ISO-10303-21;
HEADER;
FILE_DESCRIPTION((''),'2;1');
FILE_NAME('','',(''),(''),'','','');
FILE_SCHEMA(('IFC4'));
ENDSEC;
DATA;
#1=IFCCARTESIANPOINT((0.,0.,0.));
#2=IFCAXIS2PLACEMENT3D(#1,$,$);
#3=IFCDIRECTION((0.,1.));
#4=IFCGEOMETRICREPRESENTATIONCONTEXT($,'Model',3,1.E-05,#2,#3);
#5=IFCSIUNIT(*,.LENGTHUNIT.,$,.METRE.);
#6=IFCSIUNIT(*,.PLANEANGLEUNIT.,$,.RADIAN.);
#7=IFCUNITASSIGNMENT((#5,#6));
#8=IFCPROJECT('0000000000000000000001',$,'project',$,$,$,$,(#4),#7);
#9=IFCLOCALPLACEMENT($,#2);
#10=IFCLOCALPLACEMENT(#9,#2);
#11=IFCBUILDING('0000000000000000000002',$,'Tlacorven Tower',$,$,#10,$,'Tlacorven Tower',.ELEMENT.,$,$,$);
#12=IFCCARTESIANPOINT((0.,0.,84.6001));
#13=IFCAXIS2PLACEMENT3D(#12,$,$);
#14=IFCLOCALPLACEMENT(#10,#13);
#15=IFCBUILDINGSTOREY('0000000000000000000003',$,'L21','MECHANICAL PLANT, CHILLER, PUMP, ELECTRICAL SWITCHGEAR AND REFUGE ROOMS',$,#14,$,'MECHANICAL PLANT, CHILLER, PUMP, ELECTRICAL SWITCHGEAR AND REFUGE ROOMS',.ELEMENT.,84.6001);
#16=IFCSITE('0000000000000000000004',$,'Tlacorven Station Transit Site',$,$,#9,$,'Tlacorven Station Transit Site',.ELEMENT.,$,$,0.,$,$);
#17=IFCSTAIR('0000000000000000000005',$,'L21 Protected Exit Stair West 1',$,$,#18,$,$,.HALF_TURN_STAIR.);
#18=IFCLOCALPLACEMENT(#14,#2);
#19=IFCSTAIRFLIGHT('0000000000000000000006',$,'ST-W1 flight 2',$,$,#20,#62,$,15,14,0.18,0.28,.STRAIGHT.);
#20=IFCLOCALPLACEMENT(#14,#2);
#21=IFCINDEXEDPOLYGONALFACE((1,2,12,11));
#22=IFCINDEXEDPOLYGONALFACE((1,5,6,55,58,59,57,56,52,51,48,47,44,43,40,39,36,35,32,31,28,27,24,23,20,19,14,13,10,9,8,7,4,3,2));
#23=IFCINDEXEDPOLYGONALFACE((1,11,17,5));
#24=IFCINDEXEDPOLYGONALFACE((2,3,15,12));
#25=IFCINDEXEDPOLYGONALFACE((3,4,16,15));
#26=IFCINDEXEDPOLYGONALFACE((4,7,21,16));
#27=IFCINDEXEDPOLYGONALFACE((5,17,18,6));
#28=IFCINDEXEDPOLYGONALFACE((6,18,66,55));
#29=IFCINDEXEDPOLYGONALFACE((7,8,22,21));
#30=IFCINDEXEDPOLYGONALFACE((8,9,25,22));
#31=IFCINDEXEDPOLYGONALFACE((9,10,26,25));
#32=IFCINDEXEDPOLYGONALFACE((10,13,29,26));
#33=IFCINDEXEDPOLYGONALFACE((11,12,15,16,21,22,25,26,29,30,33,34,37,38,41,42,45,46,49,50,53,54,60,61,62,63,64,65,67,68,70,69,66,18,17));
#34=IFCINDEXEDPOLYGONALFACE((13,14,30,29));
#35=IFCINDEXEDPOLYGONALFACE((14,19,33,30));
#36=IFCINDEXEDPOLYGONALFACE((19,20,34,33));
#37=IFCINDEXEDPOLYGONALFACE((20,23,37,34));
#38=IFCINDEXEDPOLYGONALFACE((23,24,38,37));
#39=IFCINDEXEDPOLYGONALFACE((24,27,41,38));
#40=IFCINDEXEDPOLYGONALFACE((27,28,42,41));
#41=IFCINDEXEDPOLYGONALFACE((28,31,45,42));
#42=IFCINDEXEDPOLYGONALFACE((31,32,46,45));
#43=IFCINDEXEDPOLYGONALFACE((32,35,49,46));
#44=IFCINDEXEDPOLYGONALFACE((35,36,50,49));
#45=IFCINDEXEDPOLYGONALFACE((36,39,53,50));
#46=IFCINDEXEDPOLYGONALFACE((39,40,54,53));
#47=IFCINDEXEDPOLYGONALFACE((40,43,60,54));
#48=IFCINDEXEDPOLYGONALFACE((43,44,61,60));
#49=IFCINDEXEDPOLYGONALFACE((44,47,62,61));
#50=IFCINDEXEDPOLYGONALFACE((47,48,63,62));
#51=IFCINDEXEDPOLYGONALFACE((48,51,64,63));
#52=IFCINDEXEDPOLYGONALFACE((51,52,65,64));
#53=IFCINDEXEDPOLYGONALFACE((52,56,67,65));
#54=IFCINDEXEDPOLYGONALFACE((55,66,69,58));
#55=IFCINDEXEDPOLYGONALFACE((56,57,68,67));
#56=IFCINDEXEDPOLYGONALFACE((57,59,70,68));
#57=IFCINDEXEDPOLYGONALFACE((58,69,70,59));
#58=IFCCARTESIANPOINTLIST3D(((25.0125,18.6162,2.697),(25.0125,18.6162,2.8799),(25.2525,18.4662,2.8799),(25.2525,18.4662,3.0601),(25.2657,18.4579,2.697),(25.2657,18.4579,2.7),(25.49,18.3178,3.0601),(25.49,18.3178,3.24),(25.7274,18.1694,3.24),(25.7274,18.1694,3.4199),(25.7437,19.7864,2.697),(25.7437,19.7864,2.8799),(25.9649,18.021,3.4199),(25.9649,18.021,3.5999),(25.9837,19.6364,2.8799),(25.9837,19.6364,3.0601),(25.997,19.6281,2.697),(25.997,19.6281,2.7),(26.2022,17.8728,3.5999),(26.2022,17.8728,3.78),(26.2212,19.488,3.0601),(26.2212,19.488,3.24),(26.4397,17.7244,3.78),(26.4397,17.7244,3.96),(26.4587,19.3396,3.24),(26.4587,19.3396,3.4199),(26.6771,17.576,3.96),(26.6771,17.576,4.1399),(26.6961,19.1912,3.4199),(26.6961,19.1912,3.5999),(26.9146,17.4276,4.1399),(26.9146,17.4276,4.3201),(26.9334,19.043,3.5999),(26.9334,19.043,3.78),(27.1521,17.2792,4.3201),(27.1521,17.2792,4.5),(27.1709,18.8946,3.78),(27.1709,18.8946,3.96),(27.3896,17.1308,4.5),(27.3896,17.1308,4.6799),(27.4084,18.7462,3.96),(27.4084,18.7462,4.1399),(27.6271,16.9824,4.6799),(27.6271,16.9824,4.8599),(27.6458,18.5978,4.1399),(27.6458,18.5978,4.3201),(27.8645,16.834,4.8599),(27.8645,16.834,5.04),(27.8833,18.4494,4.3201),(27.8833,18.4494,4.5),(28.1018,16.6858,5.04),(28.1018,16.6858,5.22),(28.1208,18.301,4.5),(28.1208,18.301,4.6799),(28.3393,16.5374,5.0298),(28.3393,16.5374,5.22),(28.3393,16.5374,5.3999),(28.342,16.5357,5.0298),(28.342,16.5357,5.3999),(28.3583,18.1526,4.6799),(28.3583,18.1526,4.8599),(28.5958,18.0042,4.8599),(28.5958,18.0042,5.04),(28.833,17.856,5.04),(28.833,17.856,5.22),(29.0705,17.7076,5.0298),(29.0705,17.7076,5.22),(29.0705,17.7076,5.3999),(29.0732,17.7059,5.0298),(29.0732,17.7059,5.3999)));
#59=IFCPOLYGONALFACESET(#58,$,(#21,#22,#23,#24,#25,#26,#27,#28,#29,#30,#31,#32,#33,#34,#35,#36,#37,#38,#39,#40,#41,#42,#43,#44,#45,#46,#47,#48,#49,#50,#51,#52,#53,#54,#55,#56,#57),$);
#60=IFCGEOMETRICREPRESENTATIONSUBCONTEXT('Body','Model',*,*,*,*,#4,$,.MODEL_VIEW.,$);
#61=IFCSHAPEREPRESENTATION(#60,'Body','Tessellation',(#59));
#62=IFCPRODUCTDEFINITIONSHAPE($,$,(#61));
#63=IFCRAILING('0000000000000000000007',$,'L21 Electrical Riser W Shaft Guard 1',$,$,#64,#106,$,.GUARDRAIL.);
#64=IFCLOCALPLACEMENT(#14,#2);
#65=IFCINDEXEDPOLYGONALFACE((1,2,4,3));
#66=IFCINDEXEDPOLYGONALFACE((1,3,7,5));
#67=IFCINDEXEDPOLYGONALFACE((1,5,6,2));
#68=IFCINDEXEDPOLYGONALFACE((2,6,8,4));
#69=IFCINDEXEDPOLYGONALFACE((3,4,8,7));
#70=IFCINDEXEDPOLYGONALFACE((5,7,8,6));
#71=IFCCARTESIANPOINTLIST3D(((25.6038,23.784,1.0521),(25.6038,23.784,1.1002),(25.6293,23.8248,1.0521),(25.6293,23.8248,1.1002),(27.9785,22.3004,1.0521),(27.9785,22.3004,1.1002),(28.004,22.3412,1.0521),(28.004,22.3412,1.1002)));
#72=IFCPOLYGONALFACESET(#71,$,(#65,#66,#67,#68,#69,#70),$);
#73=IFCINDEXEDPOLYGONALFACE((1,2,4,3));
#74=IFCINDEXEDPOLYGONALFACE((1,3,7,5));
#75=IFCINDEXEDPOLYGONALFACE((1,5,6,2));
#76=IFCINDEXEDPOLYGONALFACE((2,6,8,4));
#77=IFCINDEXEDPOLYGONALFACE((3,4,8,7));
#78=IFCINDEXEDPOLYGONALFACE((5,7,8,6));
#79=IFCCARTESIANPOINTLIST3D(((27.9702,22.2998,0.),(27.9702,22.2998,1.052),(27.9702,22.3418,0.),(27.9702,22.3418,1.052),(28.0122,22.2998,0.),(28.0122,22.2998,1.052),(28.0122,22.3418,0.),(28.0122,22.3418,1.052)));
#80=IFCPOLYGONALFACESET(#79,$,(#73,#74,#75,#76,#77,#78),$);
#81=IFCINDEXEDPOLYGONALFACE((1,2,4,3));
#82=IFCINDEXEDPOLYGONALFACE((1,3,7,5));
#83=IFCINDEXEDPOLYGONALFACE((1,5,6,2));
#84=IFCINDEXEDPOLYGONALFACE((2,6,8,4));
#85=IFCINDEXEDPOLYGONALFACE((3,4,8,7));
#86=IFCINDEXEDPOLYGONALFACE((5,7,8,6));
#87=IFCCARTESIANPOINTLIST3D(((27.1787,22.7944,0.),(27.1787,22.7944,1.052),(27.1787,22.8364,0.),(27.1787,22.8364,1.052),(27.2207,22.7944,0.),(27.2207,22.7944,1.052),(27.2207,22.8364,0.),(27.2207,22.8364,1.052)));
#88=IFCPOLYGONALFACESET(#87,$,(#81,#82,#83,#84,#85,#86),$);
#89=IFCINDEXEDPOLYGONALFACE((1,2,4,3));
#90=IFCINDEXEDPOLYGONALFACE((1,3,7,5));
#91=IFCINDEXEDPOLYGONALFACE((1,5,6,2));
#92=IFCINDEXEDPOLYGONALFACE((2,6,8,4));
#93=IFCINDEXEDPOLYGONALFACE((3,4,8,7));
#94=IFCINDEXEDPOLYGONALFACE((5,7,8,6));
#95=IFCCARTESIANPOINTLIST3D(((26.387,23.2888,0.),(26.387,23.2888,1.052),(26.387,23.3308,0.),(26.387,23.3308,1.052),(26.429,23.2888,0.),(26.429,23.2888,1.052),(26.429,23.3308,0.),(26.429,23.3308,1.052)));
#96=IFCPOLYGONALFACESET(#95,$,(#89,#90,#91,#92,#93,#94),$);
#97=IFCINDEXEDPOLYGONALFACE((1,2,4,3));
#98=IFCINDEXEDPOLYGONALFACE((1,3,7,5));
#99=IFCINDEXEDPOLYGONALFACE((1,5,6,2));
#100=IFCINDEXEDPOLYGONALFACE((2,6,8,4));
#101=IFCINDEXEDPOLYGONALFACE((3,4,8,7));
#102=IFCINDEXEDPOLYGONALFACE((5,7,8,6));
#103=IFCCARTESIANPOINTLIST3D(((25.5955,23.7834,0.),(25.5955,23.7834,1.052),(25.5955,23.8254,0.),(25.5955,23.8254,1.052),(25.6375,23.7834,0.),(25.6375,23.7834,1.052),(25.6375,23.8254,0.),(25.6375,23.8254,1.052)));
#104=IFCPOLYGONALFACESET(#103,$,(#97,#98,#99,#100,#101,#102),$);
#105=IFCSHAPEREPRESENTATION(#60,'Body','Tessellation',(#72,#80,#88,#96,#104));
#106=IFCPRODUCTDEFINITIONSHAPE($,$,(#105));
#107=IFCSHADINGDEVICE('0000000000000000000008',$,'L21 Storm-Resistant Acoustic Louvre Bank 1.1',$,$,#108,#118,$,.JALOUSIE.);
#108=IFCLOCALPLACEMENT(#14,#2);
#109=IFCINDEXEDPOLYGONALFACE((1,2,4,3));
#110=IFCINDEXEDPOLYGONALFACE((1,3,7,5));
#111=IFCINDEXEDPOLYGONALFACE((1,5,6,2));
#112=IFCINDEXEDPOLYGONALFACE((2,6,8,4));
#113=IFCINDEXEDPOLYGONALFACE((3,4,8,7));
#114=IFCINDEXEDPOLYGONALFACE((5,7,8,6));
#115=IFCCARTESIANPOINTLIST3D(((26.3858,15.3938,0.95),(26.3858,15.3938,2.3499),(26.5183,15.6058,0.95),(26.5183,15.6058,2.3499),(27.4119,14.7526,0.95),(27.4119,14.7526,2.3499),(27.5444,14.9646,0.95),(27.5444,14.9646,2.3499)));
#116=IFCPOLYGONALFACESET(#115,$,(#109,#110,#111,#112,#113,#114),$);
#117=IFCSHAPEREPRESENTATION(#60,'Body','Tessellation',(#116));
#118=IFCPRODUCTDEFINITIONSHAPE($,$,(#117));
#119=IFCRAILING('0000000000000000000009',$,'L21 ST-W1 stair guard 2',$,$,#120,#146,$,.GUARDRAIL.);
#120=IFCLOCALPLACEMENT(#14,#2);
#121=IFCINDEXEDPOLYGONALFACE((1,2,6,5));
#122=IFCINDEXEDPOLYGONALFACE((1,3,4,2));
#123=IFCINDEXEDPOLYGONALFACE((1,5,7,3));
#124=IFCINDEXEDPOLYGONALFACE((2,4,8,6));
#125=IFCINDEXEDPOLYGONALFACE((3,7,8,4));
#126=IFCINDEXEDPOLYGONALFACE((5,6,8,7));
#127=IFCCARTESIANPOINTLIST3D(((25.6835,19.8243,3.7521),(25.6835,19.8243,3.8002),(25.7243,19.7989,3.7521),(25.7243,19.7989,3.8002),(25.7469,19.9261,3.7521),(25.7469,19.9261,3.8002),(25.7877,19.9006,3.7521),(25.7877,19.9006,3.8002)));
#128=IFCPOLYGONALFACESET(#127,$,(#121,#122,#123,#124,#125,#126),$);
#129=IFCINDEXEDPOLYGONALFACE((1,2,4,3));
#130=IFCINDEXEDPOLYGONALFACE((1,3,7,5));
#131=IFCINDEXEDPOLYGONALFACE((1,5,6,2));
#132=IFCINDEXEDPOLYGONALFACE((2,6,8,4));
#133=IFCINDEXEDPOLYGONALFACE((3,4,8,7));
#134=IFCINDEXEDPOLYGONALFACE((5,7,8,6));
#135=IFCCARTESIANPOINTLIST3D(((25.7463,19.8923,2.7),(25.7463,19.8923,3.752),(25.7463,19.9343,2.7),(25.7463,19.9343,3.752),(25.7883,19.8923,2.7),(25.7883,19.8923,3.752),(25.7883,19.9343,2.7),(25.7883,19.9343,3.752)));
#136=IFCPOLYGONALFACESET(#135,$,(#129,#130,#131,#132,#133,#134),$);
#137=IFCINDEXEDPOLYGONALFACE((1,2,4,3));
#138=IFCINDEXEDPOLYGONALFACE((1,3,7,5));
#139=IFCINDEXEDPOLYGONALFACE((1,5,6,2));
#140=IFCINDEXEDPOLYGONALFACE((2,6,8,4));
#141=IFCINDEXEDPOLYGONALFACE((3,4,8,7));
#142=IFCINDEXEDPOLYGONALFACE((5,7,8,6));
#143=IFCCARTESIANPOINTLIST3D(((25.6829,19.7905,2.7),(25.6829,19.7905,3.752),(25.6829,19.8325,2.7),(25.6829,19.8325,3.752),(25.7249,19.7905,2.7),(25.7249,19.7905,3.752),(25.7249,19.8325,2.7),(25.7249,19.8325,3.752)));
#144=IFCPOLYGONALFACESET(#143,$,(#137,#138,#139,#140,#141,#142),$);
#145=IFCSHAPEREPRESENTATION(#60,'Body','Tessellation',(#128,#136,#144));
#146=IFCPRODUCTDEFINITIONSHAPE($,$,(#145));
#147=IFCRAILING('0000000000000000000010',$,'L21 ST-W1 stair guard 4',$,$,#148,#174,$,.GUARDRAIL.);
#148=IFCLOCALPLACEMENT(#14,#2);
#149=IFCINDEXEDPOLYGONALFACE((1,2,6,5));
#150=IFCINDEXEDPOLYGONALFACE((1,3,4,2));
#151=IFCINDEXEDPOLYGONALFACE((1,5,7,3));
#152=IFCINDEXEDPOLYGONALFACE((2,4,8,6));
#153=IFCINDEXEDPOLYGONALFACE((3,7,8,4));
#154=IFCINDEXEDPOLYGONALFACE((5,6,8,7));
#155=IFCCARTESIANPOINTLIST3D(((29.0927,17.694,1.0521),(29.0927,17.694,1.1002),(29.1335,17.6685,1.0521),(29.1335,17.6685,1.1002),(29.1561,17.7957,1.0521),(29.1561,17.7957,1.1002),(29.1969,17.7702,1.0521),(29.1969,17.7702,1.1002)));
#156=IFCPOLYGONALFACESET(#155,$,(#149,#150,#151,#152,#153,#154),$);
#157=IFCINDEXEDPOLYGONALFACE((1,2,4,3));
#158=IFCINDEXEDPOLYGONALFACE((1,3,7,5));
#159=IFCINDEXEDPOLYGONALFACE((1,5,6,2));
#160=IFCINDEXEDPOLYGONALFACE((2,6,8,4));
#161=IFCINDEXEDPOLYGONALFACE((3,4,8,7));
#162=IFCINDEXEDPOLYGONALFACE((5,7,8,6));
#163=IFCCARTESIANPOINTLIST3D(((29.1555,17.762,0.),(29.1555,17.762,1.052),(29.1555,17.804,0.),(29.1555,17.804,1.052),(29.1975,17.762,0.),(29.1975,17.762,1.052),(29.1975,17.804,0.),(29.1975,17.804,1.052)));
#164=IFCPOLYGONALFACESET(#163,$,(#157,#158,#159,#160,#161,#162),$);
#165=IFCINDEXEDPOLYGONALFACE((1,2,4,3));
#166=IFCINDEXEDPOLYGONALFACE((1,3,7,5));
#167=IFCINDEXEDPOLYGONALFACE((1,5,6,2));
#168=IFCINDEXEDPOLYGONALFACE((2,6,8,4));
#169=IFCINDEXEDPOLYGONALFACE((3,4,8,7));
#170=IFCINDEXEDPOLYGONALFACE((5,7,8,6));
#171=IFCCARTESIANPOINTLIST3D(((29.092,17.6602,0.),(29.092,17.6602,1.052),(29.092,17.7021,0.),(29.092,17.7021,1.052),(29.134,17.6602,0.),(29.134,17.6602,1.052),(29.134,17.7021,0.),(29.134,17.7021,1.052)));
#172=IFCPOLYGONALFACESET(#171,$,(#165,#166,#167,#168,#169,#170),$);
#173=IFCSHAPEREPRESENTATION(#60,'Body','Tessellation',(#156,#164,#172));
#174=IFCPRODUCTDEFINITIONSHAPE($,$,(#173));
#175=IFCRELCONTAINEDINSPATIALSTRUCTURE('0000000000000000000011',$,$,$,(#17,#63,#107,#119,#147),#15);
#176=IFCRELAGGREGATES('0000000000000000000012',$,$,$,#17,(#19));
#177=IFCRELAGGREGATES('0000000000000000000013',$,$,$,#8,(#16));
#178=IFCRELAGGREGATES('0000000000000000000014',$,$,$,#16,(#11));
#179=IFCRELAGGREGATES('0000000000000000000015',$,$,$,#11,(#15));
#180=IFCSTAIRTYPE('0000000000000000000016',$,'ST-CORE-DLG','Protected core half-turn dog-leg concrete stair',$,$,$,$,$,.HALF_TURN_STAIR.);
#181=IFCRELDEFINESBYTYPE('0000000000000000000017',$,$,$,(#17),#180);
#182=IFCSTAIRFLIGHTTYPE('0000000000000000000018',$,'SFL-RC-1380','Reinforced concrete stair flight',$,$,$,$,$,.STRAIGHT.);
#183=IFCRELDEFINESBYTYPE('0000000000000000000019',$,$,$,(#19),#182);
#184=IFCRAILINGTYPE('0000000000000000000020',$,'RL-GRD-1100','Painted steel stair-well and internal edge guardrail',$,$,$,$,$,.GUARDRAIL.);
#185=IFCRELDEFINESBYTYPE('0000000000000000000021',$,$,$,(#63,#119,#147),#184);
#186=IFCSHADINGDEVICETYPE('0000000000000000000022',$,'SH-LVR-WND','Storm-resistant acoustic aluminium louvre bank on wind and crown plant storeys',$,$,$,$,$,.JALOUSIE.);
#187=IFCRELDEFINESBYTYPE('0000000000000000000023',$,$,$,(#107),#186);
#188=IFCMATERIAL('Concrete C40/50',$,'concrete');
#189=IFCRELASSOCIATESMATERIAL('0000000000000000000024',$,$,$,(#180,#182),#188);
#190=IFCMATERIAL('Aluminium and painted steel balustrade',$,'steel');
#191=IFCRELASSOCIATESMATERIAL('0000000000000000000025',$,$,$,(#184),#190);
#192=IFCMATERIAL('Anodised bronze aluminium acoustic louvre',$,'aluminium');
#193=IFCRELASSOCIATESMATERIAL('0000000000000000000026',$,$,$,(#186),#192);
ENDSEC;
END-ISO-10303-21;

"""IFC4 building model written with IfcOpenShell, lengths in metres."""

from ifc_helpers import new_model, si_unit, direction, frame, origin, origin_2d, place, context, subcontext, project, spatial, polyline, rectangle, outline, extrude, source, transform, mapped, material, type_object, element, aggregate, save


model = new_model("IFC4")

# Units and contexts
model_context = context("Model", 3, precision=1e-05, world=origin(), true_north=direction((0.0, 1.0)))
body_context = subcontext(model_context, "Body", "Model", "MODEL_VIEW")
ifc_project = project(units=[si_unit("LENGTHUNIT", "METRE"), si_unit("PLANEANGLEUNIT", "RADIAN")], contexts=[model_context])

# Site, building, storey
site_placement = place(None, origin())
site = spatial("IfcSite", under=ifc_project, at=site_placement, Name="Tlacorven Station Transit Site", LongName="Tlacorven Station Transit Site", CompositionType="ELEMENT", RefElevation=0.0)
building_placement = place(site_placement, origin())
building = spatial("IfcBuilding", under=site, at=building_placement, Name="Tlacorven Tower", LongName="Tlacorven Tower", CompositionType="ELEMENT")
storey_placement = place(building_placement, frame((0.0, 0.0, 84.6001)))
storey = spatial("IfcBuildingStorey", under=building, at=storey_placement, Name="L21", Description="MECHANICAL PLANT, CHILLER, PUMP, ELECTRICAL SWITCHGEAR AND REFUGE ROOMS", LongName="MECHANICAL PLANT, CHILLER, PUMP, ELECTRICAL SWITCHGEAR AND REFUGE ROOMS", CompositionType="ELEMENT", Elevation=84.6001)

# Shared definitions
ifc_material_1 = material(Name="Concrete C40/50", Category="concrete")

# Stair, stair flight
stair_type = type_object("IfcStairType", Name="ST-CORE-DLG", Description="Protected core half-turn dog-leg concrete stair", PredefinedType="HALF_TURN_STAIR", material=ifc_material_1)
stair_placement = place(storey_placement, origin())
stair = element("IfcStair", 1, at=stair_placement, inside=storey, type_object=stair_type, Name="L21 Protected Exit Stair West 1", PredefinedType="HALF_TURN_STAIR")
stair_flight_type = type_object("IfcStairFlightType", Name="SFL-RC-1380", Description="Reinforced concrete stair flight", PredefinedType="STRAIGHT", material=ifc_material_1)
shared_shape_1 = source(origin(), body_context, "Body", "SweptSolid", [
    extrude(outline(polyline([(-0.0029, -0.0029), (-0.0029, 0.1799), (0.28, 0.1799), (0.28, 0.3601), (0.5601, 0.3601), (0.5601, 0.54), (0.8401, 0.54), (0.8401, 0.72), (1.1201, 0.72), (1.1201, 0.8999), (1.3999, 0.8999), (1.3999, 1.0801), (1.6799, 1.0801), (1.6799, 1.26), (1.96, 1.26), (1.96, 1.4399), (2.24, 1.4399), (2.24, 1.6201), (2.52, 1.6201), (2.52, 1.8), (2.8, 1.8), (2.8, 1.98), (3.0801, 1.98), (3.0801, 2.1599), (3.3601, 2.1599), (3.3601, 2.3401), (3.6399, 2.3401), (3.6399, 2.52), (3.9199, 2.52), (3.9199, 2.7), (3.9231, 2.7), (3.9231, 2.3298), (3.9199, 2.3298), (0.2957, 0.0), (0.2957, -0.0029), (-0.0029, -0.0029)])), frame((0.0, 0.6899, 0.0), z_axis=(0.0, -1.0, 0.0), x_axis=(1.0, 0.0, 0.0)), (0.0, 0.0, 1.0), 1.3799),
])
stair_flight_1_placement = place(storey_placement, frame((25.3806, 19.1997, 2.7), z_axis=(0.0, 0.0, 1.0), x_axis=(0.848048, -0.529919, 0.0)))
stair_flight_1 = element("IfcStairFlight", 2, at=stair_flight_1_placement, type_object=stair_flight_type, Name="ST-W1 flight 2", NumberOfRisers=15, NumberOfTreads=14, PredefinedType="STRAIGHT", RiserHeight=0.18, TreadLength=0.28, context=body_context, shape_type="MappedRepresentation", body=[
    mapped(shared_shape_1, transform((0.0, 0.0, 0.0), scale=1.0)),
])
aggregate(stair, [stair_flight_1])

# Railing
ifc_material_2 = material(Name="Aluminium and painted steel balustrade", Category="steel")
railing_type_1 = type_object("IfcRailingType", Name="RL-GRD-1100", Description="Painted steel stair-well and internal edge guardrail", PredefinedType="GUARDRAIL", material=ifc_material_2)
shared_shape_2 = source(origin(), body_context, "Body", "SweptSolid", [
    extrude(rectangle(XDim=0.0481, YDim=0.0481, at=origin_2d()), frame((0.0, 0.0, 1.0762), z_axis=(-0.848091, 0.52985, 0.0), x_axis=(-0.52985, -0.848091, 0.0)), (0.0, 0.0, 1.0), 2.8),
    extrude(rectangle(XDim=0.042, YDim=0.042, at=origin_2d()), origin(), (0.0, 0.0, 1.0), 1.052),
    extrude(rectangle(XDim=0.042, YDim=0.042, at=origin_2d()), frame((-0.7915, 0.4946, 0.0)), (0.0, 0.0, 1.0), 1.052),
    extrude(rectangle(XDim=0.042, YDim=0.042, at=origin_2d()), frame((-1.5833, 0.989, 0.0)), (0.0, 0.0, 1.0), 1.052),
    extrude(rectangle(XDim=0.042, YDim=0.042, at=origin_2d()), frame((-2.3748, 1.4836, 0.0)), (0.0, 0.0, 1.0), 1.052),
])
railing_1_placement = place(storey_placement, frame((27.9912, 22.3208, 0.0)))
element("IfcRailing", 3, at=railing_1_placement, inside=storey, type_object=railing_type_1, Name="L21 Electrical Riser W Shaft Guard 1", PredefinedType="GUARDRAIL", context=body_context, shape_type="MappedRepresentation", body=[
    mapped(shared_shape_2, transform((0.0, 0.0, 0.0), scale=1.0)),
])

# Shading device
ifc_material_3 = material(Name="Anodised bronze aluminium acoustic louvre", Category="aluminium")
shading_device_type = type_object("IfcShadingDeviceType", Name="SH-LVR-WND", Description="Storm-resistant acoustic aluminium louvre bank on wind and crown plant storeys", PredefinedType="JALOUSIE", material=ifc_material_3)
shared_shape_3 = source(origin(), body_context, "Body", "SweptSolid", [
    extrude(rectangle(XDim=1.21, YDim=0.25, at=origin_2d()), origin(), (0.0, 0.0, 1.0), 1.3999),
])
shading_device_placement = place(storey_placement, frame((26.9651, 15.1792, 0.95), z_axis=(0.0, 0.0, 1.0), x_axis=(-0.848048, 0.529919, 0.0)))
element("IfcShadingDevice", 4, at=shading_device_placement, inside=storey, type_object=shading_device_type, Name="L21 Storm-Resistant Acoustic Louvre Bank 1.1", PredefinedType="JALOUSIE", context=body_context, shape_type="MappedRepresentation", body=[
    mapped(shared_shape_3, transform((0.0, 0.0, 0.0), scale=1.0)),
])

# Railings
shared_shape_4 = source(origin(), body_context, "Body", "SweptSolid", [
    extrude(rectangle(XDim=0.0481, YDim=0.0481, at=origin_2d()), frame((0.0, 0.0, 1.0762), z_axis=(-0.529084, -0.848569, 0.0), x_axis=(0.848569, -0.529084, 0.0)), (0.0, 0.0, 1.0), 0.1199),
    extrude(rectangle(XDim=0.042, YDim=0.042, at=origin_2d()), origin(), (0.0, 0.0, 1.0), 1.052),
    extrude(rectangle(XDim=0.042, YDim=0.042, at=origin_2d()), frame((-0.0635, -0.1018, 0.0)), (0.0, 0.0, 1.0), 1.052),
])
for number, where, name in (
    (5, (25.7673, 19.9133, 2.7), "L21 ST-W1 stair guard 2"),
    (6, (29.1765, 17.783, 0.0), "L21 ST-W1 stair guard 4"),
):
    element("IfcRailing", number, at=place(storey_placement, frame(where)), inside=storey, type_object=railing_type_1, Name=name, PredefinedType="GUARDRAIL", context=body_context, shape_type="MappedRepresentation", body=[
        mapped(shared_shape_4, transform((0.0, 0.0, 0.0), scale=1.0)),
    ])

save(model, "model.ifc")
